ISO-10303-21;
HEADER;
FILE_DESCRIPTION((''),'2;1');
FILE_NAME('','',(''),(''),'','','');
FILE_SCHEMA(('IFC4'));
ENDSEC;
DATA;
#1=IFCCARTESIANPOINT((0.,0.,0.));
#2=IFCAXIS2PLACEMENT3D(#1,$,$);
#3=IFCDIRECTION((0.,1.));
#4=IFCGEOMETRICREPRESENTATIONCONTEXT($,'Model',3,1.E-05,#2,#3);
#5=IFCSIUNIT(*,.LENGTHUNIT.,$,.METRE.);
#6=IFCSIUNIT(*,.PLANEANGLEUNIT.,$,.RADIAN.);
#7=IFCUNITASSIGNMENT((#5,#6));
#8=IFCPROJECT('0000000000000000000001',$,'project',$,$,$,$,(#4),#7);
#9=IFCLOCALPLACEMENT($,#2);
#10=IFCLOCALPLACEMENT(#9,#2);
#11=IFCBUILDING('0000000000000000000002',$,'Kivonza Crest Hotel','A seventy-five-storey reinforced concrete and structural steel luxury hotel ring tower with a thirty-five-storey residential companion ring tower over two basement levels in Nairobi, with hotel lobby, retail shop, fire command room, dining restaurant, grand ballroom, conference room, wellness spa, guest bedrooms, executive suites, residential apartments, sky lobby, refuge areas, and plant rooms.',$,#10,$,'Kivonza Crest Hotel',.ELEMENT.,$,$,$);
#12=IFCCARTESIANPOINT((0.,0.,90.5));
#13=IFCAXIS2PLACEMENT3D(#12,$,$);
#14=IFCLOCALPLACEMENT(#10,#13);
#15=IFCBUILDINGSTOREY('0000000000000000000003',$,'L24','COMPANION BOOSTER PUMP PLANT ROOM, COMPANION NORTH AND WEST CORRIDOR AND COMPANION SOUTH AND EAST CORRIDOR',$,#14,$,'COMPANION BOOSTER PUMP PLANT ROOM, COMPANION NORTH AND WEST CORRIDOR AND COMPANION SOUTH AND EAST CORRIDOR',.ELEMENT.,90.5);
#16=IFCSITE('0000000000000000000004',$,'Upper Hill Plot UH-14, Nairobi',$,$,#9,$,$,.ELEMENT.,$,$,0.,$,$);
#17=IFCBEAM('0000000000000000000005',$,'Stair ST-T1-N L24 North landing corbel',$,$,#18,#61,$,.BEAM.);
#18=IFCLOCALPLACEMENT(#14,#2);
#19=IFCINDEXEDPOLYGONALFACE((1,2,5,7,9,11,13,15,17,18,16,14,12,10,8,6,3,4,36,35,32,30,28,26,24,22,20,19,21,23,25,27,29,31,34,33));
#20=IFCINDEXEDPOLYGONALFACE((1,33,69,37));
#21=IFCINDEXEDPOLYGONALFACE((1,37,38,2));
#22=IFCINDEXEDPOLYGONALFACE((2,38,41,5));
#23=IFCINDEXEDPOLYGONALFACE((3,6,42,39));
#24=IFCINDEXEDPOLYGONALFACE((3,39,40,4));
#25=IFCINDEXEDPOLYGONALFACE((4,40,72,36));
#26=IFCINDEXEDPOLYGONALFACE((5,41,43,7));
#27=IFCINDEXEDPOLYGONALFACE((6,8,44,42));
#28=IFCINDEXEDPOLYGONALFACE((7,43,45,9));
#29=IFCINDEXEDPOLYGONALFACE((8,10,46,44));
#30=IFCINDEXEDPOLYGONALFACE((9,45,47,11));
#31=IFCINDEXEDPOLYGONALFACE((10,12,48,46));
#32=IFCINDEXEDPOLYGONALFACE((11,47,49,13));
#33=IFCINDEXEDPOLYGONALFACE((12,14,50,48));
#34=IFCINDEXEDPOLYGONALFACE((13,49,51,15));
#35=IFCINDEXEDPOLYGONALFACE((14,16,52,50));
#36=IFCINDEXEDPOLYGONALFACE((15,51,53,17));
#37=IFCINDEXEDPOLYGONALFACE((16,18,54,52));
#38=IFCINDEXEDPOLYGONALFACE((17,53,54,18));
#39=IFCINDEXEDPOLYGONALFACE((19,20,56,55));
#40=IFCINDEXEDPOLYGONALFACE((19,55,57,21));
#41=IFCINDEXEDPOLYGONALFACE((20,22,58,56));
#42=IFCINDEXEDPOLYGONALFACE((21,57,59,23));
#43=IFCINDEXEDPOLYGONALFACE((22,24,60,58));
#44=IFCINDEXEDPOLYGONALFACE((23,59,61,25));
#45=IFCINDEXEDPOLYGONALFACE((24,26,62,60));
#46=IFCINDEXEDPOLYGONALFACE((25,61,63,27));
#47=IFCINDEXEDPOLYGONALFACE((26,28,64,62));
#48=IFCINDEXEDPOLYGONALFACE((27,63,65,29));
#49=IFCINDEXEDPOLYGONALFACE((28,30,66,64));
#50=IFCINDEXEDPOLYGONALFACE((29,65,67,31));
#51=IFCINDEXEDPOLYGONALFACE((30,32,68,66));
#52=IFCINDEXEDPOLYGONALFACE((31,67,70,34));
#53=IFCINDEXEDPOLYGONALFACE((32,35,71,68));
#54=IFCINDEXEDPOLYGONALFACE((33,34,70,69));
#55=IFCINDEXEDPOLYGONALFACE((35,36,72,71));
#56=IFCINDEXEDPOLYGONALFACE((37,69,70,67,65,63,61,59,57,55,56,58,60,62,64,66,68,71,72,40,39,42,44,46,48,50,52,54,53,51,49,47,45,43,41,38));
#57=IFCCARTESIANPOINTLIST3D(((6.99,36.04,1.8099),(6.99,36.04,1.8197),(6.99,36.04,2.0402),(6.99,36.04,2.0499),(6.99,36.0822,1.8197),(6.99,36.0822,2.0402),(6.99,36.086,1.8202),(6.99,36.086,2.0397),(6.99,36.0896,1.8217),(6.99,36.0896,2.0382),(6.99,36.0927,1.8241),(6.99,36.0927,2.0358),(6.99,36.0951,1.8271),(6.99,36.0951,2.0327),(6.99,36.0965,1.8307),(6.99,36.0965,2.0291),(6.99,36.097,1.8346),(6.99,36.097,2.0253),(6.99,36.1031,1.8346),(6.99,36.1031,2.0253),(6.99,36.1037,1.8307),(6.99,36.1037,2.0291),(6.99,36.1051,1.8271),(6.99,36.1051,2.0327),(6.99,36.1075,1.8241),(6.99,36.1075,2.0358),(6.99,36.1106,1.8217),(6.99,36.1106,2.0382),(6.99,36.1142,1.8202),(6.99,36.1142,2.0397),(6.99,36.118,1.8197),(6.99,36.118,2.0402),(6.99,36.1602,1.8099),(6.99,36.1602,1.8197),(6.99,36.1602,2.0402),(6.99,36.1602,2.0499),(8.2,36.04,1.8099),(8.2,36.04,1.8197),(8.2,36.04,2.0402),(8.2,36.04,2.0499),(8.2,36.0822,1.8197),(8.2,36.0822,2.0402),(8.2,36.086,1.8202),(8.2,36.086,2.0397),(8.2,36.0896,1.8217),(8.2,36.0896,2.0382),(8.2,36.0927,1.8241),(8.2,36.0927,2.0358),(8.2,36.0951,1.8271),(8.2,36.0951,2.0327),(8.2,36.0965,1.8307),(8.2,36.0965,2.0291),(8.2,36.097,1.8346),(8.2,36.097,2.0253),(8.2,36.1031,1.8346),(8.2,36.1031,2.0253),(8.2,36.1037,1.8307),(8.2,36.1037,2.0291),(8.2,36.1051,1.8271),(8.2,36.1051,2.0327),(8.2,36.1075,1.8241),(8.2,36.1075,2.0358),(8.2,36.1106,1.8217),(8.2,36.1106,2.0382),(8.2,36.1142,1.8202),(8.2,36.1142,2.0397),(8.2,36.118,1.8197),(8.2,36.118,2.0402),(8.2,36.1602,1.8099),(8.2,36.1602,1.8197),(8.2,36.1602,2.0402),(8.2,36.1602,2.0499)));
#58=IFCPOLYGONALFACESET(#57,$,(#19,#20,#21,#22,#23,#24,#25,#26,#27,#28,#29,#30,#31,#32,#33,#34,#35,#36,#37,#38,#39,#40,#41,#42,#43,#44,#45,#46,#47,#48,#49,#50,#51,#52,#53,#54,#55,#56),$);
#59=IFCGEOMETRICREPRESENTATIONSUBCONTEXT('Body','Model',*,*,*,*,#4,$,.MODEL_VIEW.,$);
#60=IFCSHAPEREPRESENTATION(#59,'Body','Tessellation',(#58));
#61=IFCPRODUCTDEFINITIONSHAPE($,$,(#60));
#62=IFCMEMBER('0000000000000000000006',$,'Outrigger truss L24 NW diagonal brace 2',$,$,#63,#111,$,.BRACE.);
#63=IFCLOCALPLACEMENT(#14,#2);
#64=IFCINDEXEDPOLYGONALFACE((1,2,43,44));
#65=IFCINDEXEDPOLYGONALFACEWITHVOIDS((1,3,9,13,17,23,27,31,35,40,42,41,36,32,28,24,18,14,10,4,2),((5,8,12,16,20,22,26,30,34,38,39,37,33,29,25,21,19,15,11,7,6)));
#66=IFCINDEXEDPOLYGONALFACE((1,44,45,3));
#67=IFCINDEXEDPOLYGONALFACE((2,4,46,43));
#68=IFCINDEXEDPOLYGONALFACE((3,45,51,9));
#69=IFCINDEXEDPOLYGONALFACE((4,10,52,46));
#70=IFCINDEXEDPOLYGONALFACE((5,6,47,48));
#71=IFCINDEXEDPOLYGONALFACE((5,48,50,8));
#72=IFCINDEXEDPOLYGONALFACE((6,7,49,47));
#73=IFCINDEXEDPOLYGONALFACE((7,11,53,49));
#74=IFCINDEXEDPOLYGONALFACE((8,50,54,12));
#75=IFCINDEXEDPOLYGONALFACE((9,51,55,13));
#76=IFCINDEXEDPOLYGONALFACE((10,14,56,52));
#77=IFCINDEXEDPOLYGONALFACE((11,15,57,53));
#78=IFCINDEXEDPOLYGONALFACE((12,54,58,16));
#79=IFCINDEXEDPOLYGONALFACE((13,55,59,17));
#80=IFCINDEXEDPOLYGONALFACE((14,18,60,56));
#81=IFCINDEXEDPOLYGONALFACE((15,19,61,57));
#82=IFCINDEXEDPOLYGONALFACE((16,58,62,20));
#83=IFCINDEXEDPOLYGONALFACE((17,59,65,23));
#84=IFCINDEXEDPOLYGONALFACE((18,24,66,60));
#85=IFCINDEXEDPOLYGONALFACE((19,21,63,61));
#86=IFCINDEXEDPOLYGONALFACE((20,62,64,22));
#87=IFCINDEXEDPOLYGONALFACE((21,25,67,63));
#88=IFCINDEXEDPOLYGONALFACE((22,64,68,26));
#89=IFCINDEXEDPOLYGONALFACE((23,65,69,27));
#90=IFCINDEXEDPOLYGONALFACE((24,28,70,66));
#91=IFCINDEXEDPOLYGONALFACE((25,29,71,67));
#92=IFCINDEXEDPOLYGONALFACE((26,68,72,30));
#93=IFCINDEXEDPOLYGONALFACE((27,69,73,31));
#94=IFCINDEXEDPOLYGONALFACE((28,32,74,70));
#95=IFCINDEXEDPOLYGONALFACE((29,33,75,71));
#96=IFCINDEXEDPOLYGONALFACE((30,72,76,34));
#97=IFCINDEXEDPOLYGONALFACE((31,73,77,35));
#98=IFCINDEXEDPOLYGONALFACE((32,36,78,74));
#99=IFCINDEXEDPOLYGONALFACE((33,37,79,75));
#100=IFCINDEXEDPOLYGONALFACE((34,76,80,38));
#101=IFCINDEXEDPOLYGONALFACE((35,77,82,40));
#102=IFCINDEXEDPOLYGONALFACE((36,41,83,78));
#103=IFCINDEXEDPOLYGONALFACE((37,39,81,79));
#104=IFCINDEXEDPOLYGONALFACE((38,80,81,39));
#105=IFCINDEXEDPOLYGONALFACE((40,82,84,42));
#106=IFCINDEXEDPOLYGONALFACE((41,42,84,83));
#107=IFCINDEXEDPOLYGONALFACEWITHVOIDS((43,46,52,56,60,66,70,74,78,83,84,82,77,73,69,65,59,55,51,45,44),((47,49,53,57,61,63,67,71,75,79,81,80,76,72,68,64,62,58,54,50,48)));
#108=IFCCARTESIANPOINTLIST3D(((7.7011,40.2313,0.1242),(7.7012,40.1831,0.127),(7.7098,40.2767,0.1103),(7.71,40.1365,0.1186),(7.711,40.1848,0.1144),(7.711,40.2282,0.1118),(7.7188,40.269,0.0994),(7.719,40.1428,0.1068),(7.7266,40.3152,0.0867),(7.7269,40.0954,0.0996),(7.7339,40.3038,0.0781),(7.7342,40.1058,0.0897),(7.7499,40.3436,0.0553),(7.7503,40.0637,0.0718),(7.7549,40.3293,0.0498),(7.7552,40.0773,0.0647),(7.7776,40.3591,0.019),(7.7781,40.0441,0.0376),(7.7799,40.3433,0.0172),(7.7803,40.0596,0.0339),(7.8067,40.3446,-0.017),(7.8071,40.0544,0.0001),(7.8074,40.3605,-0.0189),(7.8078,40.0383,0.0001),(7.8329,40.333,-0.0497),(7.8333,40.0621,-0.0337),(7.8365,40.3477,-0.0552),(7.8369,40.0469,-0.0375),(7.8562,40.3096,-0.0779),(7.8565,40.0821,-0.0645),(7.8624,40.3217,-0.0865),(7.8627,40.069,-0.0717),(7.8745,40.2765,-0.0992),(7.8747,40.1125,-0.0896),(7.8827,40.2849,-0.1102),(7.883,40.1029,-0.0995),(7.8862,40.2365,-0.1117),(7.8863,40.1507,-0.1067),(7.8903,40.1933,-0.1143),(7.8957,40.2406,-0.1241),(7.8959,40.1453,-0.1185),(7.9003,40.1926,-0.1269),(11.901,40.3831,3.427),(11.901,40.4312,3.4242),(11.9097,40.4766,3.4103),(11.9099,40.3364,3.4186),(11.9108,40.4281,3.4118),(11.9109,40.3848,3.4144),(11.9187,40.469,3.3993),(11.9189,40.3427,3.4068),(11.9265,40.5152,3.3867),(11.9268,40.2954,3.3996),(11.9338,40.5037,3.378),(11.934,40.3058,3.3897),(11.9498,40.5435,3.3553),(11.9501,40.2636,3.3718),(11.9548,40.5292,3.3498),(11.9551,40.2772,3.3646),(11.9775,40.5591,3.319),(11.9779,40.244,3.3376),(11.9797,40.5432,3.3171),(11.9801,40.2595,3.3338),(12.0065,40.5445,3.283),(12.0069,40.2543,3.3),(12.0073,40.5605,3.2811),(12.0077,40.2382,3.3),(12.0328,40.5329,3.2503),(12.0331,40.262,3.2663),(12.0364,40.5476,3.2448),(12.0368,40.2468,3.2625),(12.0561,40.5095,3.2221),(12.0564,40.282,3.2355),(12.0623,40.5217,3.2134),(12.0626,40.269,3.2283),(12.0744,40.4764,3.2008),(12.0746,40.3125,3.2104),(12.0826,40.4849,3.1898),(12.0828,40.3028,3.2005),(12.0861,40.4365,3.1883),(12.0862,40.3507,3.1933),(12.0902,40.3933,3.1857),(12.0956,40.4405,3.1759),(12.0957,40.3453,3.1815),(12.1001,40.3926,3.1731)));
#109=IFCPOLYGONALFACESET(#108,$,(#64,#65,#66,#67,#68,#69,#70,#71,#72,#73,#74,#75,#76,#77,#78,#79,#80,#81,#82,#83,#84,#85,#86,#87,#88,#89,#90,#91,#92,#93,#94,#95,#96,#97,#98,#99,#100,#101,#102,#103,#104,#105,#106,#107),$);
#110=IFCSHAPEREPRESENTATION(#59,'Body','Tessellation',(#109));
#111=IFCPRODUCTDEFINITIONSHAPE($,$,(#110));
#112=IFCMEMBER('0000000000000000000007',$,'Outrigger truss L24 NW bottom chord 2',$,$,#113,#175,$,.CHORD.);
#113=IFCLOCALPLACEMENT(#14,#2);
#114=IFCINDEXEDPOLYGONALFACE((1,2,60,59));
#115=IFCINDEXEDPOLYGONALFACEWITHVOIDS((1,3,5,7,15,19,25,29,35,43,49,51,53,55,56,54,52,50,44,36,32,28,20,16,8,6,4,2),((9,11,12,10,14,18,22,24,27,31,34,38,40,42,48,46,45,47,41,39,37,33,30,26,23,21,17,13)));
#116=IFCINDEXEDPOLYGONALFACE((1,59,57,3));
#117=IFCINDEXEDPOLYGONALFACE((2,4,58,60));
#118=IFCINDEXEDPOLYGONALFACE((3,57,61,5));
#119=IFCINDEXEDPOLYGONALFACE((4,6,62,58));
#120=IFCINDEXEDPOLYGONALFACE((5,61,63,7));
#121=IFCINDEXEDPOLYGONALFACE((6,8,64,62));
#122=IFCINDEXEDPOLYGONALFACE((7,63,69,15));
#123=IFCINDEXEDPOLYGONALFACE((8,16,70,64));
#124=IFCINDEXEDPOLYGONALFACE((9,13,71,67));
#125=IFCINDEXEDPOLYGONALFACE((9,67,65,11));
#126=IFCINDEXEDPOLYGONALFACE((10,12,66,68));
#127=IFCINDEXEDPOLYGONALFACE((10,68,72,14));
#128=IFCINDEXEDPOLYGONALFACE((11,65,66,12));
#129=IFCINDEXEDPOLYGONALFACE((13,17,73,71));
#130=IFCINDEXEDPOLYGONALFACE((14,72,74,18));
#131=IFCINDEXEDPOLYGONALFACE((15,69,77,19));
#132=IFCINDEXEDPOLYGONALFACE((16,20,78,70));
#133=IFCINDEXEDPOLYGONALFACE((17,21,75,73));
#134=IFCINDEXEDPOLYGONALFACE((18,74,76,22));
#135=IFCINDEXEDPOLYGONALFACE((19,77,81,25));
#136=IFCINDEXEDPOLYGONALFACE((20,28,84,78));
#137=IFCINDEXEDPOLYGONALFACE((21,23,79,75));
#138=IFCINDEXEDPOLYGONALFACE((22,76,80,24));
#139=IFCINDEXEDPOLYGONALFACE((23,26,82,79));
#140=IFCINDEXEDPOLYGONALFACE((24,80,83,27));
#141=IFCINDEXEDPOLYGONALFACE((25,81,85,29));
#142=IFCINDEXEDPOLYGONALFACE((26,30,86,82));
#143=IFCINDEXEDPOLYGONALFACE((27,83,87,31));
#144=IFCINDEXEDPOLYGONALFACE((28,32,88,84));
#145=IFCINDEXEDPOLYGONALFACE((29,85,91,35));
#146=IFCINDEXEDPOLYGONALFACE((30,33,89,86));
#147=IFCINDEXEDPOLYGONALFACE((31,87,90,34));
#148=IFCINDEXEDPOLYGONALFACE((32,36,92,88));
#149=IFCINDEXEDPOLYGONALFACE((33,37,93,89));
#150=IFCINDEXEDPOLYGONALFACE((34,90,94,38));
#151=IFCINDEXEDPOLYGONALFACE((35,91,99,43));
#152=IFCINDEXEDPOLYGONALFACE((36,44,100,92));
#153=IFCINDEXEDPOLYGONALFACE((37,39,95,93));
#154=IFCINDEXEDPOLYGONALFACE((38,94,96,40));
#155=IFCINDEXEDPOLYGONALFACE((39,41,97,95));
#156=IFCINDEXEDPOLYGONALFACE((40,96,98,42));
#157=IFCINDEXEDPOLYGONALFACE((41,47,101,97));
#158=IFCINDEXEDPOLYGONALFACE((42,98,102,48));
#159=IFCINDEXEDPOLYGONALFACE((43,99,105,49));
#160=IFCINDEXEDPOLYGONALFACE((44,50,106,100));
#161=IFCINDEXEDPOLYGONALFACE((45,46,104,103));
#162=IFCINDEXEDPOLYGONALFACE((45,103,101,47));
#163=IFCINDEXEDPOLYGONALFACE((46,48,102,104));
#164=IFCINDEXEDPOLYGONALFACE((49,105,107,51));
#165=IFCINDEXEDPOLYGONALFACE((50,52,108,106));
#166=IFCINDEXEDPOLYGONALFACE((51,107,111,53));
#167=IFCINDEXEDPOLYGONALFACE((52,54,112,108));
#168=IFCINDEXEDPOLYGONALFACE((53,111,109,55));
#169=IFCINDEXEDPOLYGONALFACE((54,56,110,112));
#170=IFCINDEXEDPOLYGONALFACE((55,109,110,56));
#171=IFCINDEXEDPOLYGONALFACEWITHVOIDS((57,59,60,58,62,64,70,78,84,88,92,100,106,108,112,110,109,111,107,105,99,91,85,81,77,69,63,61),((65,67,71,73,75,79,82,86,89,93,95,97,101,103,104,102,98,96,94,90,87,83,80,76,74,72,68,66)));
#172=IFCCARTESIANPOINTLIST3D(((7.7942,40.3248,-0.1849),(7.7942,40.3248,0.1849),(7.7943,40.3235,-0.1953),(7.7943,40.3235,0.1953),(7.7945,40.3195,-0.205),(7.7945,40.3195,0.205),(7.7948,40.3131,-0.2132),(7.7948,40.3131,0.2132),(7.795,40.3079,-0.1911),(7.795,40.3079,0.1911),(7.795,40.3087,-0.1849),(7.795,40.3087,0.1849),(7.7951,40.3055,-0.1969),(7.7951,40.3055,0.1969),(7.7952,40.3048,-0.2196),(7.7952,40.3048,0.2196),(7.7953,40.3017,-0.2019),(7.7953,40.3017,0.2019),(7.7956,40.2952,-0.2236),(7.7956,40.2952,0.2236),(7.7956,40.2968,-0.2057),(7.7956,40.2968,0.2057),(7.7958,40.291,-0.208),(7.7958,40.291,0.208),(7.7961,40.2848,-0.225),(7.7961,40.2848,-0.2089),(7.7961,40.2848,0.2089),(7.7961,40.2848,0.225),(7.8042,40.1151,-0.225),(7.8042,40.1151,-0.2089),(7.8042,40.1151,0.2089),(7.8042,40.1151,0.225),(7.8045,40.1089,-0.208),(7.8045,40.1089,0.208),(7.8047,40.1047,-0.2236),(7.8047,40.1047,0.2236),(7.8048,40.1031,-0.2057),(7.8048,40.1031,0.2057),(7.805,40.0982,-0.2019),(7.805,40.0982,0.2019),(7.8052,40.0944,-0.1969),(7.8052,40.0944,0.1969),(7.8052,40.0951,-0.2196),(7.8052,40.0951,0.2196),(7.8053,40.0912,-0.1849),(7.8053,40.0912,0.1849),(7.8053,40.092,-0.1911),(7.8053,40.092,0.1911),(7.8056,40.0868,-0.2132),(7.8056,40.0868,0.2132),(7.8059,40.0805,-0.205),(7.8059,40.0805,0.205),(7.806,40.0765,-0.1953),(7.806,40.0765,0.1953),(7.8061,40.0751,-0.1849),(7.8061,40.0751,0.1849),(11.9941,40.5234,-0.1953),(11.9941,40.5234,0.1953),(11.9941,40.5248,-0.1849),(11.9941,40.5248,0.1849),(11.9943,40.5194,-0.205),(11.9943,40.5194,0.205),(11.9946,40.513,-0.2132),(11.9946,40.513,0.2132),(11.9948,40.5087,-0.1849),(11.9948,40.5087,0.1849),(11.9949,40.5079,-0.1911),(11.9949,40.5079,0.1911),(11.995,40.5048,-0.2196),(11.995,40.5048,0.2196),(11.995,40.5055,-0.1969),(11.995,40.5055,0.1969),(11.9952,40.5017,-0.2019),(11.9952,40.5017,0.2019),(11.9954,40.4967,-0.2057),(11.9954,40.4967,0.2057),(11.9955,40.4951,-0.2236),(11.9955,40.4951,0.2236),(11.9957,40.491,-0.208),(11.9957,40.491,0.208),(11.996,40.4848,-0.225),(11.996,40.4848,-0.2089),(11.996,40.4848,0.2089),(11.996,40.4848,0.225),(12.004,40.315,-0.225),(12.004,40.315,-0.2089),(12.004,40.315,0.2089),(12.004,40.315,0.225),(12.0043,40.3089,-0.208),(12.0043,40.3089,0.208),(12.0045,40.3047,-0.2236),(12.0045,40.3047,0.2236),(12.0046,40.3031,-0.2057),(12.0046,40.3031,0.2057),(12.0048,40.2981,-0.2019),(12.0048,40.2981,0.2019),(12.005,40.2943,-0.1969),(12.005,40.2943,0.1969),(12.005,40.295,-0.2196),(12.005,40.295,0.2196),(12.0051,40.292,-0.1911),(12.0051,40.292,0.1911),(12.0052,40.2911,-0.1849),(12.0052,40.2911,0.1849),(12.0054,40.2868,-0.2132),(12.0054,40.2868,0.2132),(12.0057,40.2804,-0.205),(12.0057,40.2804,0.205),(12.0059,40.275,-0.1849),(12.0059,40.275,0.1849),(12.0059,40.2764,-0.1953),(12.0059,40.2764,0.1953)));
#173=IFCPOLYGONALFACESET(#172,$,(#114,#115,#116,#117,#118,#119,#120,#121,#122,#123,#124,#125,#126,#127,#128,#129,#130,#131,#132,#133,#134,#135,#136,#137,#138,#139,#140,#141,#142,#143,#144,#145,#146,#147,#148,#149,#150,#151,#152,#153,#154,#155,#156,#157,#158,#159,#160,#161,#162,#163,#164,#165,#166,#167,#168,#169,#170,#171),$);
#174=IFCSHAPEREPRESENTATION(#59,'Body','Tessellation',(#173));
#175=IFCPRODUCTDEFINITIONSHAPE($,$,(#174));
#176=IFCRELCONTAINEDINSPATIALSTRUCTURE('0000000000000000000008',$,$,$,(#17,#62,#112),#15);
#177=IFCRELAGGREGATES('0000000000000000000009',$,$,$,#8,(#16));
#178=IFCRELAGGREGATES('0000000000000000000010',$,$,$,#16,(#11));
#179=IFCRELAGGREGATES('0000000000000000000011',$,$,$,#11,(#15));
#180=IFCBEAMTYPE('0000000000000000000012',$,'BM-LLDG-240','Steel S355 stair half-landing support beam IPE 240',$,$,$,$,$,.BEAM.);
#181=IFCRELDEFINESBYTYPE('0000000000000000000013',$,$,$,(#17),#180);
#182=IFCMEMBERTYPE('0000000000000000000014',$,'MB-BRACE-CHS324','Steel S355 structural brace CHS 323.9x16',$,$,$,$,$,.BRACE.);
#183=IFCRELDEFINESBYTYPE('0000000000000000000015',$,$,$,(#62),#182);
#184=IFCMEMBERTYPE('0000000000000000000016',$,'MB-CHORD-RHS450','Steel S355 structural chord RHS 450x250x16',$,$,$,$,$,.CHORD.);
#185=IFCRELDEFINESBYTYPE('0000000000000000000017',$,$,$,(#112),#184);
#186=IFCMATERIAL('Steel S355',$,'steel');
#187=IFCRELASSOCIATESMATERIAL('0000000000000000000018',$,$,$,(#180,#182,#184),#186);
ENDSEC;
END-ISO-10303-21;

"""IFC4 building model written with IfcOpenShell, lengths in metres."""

from ifc_helpers import new_model, si_unit, direction, frame, origin, origin_2d, place, context, subcontext, project, spatial, hollow_rectangle, hollow_circle, i_section, extrude, material, material_profile, profile_set, type_object, element, save


model = new_model("IFC4")

# Units and contexts
model_context = context("Model", 3, precision=1e-05, world=origin(), true_north=direction((0.0, 1.0)))
body_context = subcontext(model_context, "Body", "Model", "MODEL_VIEW")
ifc_project = project(units=[si_unit("LENGTHUNIT", "METRE"), si_unit("PLANEANGLEUNIT", "RADIAN")], contexts=[model_context])

# Site, building, storey
site_placement = place(None, origin())
site = spatial("IfcSite", under=ifc_project, at=site_placement, Name="Upper Hill Plot UH-14, Nairobi", CompositionType="ELEMENT", RefElevation=0.0)
building_placement = place(site_placement, origin())
building = spatial("IfcBuilding", under=site, at=building_placement, Name="Kivonza Crest Hotel", Description="A seventy-five-storey reinforced concrete and structural steel luxury hotel ring tower with a thirty-five-storey residential companion ring tower over two basement levels in Nairobi, with hotel lobby, retail shop, fire command room, dining restaurant, grand ballroom, conference room, wellness spa, guest bedrooms, executive suites, residential apartments, sky lobby, refuge areas, and plant rooms.", LongName="Kivonza Crest Hotel", CompositionType="ELEMENT")
storey_placement = place(building_placement, frame((0.0, 0.0, 90.5)))
storey = spatial("IfcBuildingStorey", under=building, at=storey_placement, Name="L24", Description="COMPANION BOOSTER PUMP PLANT ROOM, COMPANION NORTH AND WEST CORRIDOR AND COMPANION SOUTH AND EAST CORRIDOR", LongName="COMPANION BOOSTER PUMP PLANT ROOM, COMPANION NORTH AND WEST CORRIDOR AND COMPANION SOUTH AND EAST CORRIDOR", CompositionType="ELEMENT", Elevation=90.5)

# Shared definitions
ifc_material_1 = material(Name="Steel S355", Category="steel")

# Beam
ifc_material_profile_1 = material_profile(ifc_material_1, i_section(OverallWidth=0.1201, OverallDepth=0.24, WebThickness=0.0061, FlangeThickness=0.0098, FilletRadius=0.0149, at=origin_2d()), Name="IPE 240")
ifc_profile_set_1 = profile_set([ifc_material_profile_1], Name="Steel S355")
beam_type_1 = type_object("IfcBeamType", Name="BM-LLDG-240", Description="Steel S355 stair half-landing support beam IPE 240", PredefinedType="BEAM", material=ifc_profile_set_1)
beam_1_placement = place(storey_placement, frame((6.99, 36.1001, 1.9299), z_axis=(1.0, 0.0, 0.0), x_axis=(0.0, 1.0, 0.0)))
element("IfcBeam", 1, at=beam_1_placement, inside=storey, type_object=beam_type_1, Name="Stair ST-T1-N L24 North landing corbel", PredefinedType="BEAM", context=body_context, shape_type="SweptSolid", body=[
    extrude(i_section(OverallWidth=0.1201, OverallDepth=0.24, WebThickness=0.0061, FlangeThickness=0.0098, FilletRadius=0.0149, at=origin_2d()), origin(), (0.0, 0.0, 1.0), 1.21),
])

# Members
ifc_material_profile_2 = material_profile(ifc_material_1, hollow_circle(Radius=0.1619, WallThickness=0.0161, at=origin_2d()), Name="CHS 323.9x16")
ifc_profile_set_2 = profile_set([ifc_material_profile_2], Name="Steel S355")
member_type_1 = type_object("IfcMemberType", Name="MB-BRACE-CHS324", Description="Steel S355 structural brace CHS 323.9x16", PredefinedType="BRACE", material=ifc_profile_set_2)
member_1_placement = place(storey_placement, frame((12.0, 40.3999, 3.3), z_axis=(-0.78576, -0.037408, -0.617399), x_axis=(0.047554, -0.998869, 0.0)))
element("IfcMember", 2, at=member_1_placement, inside=storey, type_object=member_type_1, Name="Outrigger truss L24 NW diagonal brace 2", PredefinedType="BRACE", context=body_context, shape_type="SweptSolid", body=[
    extrude(hollow_circle(Radius=0.1619, WallThickness=0.0161, at=origin_2d()), origin(), (0.0, 0.0, 1.0), 5.345),
])
ifc_material_profile_3 = material_profile(ifc_material_1, hollow_rectangle(XDim=0.25, YDim=0.45, WallThickness=0.0161, InnerFilletRadius=0.0239, OuterFilletRadius=0.04, at=origin_2d()), Name="RHS 450x250x16")
ifc_profile_set_3 = profile_set([ifc_material_profile_3], Name="Steel S355")
member_type_2 = type_object("IfcMemberType", Name="MB-CHORD-RHS450", Description="Steel S355 structural chord RHS 450x250x16", PredefinedType="CHORD", material=ifc_profile_set_3)
for number, where, z_axis, x_axis, name in (
    (3, (12.0, 40.3999, 0.0), (-0.998869, -0.047554, 0.0), (0.047554, -0.998869, 0.0), "Outrigger truss L24 NW bottom chord 2"),
):
    element("IfcMember", number, at=place(storey_placement, frame(where, z_axis=z_axis, x_axis=x_axis)), inside=storey, type_object=member_type_2, Name=name, PredefinedType="CHORD", context=body_context, shape_type="SweptSolid", body=[
        extrude(hollow_rectangle(XDim=0.25, YDim=0.45, WallThickness=0.0161, InnerFilletRadius=0.0239, OuterFilletRadius=0.04, at=origin_2d()), origin(), (0.0, 0.0, 1.0), 4.2046),
    ])

save(model, "model.ifc")
